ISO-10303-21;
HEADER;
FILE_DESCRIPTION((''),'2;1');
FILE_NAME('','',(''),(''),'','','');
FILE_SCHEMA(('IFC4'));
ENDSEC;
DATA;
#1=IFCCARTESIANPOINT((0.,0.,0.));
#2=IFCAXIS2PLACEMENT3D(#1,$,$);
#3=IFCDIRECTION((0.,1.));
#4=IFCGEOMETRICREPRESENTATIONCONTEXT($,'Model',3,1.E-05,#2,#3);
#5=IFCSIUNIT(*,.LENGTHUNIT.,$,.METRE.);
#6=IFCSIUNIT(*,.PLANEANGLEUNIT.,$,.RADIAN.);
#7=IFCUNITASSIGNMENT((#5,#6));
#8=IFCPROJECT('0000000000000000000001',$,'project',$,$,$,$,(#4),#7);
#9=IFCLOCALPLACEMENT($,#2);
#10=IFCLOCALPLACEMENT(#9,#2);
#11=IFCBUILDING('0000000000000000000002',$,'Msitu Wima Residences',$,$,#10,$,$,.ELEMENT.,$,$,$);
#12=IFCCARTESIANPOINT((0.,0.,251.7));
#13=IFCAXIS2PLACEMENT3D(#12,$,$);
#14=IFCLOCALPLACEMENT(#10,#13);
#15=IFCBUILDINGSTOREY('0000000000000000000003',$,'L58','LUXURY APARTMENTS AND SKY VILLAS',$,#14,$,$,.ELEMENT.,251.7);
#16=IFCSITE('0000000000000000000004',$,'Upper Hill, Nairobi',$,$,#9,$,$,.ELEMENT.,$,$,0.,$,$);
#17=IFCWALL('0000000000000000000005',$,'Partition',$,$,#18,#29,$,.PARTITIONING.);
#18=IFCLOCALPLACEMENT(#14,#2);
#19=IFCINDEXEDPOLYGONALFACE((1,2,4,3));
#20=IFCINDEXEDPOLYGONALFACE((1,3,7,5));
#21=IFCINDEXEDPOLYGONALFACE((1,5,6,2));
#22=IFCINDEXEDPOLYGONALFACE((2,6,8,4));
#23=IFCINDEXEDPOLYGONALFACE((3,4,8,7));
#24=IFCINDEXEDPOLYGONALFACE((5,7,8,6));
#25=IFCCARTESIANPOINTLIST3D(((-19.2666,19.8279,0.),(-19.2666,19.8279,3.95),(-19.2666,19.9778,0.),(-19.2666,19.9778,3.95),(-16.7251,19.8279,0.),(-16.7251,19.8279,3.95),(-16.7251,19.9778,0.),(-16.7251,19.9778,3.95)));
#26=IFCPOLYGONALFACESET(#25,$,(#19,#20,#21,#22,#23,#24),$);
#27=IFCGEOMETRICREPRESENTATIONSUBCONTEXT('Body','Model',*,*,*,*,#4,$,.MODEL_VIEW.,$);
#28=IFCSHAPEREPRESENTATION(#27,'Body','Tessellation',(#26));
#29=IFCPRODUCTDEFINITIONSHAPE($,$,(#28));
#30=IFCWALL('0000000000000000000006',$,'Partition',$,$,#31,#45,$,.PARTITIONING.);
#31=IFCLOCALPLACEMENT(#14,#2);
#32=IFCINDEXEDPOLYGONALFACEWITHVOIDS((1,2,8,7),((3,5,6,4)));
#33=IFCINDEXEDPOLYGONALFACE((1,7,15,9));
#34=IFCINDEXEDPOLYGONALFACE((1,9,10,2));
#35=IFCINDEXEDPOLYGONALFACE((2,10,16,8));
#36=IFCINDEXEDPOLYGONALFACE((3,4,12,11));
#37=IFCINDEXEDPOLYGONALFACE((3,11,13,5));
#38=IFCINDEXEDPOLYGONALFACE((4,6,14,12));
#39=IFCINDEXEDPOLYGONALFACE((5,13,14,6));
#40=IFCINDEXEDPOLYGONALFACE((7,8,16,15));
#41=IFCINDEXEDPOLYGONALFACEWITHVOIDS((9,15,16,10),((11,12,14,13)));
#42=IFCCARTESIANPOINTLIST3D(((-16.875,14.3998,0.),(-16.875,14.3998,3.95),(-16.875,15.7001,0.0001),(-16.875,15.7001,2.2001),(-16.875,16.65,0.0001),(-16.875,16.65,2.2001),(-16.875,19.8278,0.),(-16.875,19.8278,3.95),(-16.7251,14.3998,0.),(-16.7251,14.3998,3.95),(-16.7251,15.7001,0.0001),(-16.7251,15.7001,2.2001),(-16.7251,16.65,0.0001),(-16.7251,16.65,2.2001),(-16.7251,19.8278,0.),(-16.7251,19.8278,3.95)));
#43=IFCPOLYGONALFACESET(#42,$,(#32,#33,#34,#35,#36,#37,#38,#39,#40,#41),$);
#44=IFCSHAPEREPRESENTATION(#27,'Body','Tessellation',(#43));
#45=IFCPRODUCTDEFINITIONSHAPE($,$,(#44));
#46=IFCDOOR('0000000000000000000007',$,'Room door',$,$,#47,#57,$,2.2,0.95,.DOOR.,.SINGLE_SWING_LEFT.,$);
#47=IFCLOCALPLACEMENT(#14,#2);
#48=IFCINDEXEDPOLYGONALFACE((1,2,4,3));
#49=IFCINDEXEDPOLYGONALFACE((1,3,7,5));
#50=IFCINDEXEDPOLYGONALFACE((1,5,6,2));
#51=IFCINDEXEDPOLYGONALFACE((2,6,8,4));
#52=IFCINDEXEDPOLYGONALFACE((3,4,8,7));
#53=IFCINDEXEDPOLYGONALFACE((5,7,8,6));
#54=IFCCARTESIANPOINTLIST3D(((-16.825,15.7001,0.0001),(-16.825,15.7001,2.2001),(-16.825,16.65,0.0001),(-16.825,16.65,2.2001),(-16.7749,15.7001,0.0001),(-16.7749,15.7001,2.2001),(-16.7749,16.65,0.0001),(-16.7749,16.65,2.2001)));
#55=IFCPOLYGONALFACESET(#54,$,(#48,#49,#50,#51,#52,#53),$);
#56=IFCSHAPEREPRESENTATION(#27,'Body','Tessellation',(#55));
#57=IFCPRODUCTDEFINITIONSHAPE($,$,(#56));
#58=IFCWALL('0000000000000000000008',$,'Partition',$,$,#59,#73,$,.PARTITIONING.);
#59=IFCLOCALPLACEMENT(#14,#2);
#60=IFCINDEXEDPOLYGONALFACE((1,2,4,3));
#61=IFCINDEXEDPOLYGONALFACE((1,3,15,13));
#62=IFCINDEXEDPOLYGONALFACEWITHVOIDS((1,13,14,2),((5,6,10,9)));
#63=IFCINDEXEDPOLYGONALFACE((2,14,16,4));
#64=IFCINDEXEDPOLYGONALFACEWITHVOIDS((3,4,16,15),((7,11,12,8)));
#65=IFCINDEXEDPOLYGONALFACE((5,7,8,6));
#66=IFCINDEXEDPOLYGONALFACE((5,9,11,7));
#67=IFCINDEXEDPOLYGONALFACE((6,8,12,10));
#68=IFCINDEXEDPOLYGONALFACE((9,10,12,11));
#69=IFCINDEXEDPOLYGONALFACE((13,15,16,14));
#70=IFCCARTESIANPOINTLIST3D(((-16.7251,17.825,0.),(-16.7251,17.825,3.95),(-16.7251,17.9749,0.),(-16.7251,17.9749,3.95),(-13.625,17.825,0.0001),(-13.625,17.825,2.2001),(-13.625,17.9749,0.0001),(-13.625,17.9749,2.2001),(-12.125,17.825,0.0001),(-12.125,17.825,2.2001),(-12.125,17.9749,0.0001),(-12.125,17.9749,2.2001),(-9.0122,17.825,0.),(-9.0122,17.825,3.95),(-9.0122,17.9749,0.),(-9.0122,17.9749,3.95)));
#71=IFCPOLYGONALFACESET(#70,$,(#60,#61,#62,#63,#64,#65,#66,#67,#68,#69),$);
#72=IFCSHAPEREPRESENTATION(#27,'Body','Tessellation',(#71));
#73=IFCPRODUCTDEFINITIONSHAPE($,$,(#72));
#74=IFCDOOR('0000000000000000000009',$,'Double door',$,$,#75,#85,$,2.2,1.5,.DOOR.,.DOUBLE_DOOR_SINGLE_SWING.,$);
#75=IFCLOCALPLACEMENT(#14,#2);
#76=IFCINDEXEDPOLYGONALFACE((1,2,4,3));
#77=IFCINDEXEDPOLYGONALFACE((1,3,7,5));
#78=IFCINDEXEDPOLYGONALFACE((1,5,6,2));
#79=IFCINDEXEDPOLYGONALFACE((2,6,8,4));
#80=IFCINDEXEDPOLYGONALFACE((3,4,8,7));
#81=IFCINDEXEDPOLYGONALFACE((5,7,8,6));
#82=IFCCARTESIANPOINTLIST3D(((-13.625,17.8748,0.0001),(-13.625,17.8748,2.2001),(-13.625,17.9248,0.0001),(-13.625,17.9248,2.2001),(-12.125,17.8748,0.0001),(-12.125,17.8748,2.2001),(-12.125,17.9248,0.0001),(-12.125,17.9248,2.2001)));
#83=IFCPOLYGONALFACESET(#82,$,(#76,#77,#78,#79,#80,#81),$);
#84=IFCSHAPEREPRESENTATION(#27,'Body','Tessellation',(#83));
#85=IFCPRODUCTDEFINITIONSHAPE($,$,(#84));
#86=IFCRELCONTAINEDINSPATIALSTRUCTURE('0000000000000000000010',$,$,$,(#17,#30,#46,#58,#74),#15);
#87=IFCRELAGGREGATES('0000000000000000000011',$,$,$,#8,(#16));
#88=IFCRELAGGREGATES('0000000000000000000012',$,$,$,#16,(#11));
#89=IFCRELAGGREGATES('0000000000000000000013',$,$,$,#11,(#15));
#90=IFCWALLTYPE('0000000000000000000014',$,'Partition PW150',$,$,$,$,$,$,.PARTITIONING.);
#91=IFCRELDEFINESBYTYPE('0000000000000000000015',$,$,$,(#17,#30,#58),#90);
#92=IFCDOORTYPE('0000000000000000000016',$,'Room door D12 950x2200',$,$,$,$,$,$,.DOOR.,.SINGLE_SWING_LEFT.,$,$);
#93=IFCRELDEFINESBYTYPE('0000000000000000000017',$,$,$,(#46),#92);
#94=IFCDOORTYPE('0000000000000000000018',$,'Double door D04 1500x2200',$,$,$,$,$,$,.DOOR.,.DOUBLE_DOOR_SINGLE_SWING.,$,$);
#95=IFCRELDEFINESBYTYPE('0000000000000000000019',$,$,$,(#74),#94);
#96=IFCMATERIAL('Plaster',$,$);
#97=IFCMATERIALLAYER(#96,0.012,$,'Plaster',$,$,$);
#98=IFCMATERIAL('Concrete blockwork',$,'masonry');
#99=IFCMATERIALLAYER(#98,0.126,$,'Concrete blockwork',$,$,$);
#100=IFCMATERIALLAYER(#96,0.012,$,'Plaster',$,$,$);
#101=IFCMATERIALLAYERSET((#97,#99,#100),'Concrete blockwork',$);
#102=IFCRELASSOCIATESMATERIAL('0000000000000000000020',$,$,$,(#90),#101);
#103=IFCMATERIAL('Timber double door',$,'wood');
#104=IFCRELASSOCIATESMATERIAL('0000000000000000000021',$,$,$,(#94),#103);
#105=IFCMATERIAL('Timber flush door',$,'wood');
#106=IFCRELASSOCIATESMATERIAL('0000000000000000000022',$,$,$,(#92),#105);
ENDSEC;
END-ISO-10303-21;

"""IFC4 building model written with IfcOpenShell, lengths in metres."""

from ifc_helpers import new_model, si_unit, direction, frame, frame_2d, origin, place, context, subcontext, project, spatial, rectangle, extrude, material, layer, layer_set, type_object, element, fill, save


model = new_model("IFC4")

# Units and contexts
model_context = context("Model", 3, precision=1e-05, world=origin(), true_north=direction((0.0, 1.0)))
body_context = subcontext(model_context, "Body", "Model", "MODEL_VIEW")
ifc_project = project(units=[si_unit("LENGTHUNIT", "METRE"), si_unit("PLANEANGLEUNIT", "RADIAN")], contexts=[model_context])

# Site, building, storey
site_placement = place(None, origin())
site = spatial("IfcSite", under=ifc_project, at=site_placement, Name="Upper Hill, Nairobi", CompositionType="ELEMENT", RefElevation=0.0)
building_placement = place(site_placement, origin())
building = spatial("IfcBuilding", under=site, at=building_placement, Name="Msitu Wima Residences", CompositionType="ELEMENT")
storey_placement = place(building_placement, frame((0.0, 0.0, 251.7)))
storey = spatial("IfcBuildingStorey", under=building, at=storey_placement, Name="L58", Description="LUXURY APARTMENTS AND SKY VILLAS", CompositionType="ELEMENT", Elevation=251.7)

# Shared definitions
ifc_material_1 = material(Name="Plaster")
ifc_material_2 = material(Name="Concrete blockwork", Category="masonry")
ifc_layer_1 = layer(ifc_material_1, 0.012, Name="Plaster")
ifc_layer_2 = layer(ifc_material_2, 0.126, Name="Concrete blockwork")
ifc_layer_3 = layer(ifc_material_1, 0.012, Name="Plaster")
ifc_layer_set_1 = layer_set([ifc_layer_1, ifc_layer_2, ifc_layer_3], Name="Concrete blockwork")
wall_type_1 = type_object("IfcWallType", Name="Partition PW150", PredefinedType="PARTITIONING", material=ifc_layer_set_1)

# Shared definitions
ifc_material_3 = material(Name="Timber double door", Category="wood")
door_type_1 = type_object("IfcDoorType", Name="Double door D04 1500x2200", OperationType="DOUBLE_DOOR_SINGLE_SWING", PredefinedType="DOOR", material=ifc_material_3)

# Wall
wall_1_placement = place(storey_placement, frame((-19.2666, 19.9028, 0.0), z_axis=(0.0, 0.0, 1.0), x_axis=(1.0, 0.0, 0.0)))
element("IfcWall", 1, at=wall_1_placement, inside=storey, type_object=wall_type_1, Name="Partition", PredefinedType="PARTITIONING", context=body_context, shape_type="SweptSolid", body=[
    extrude(rectangle(XDim=2.5415, YDim=0.1499, at=frame_2d((1.2708, 0.0))), origin(), (0.0, 0.0, 1.0), 3.95),
])

# Walls, openings, doors
wall_2_placement = place(storey_placement, frame((-16.8, 14.3999, 0.0), z_axis=(0.0, 0.0, 1.0), x_axis=(0.0, 1.0, 0.0)))
wall_2 = element("IfcWall", 2, at=wall_2_placement, inside=storey, type_object=wall_type_1, Name="Partition", PredefinedType="PARTITIONING", context=body_context, shape_type="SweptSolid", body=[
    extrude(rectangle(XDim=5.428, YDim=0.1499, at=frame_2d((2.7139, 0.0))), origin(), (0.0, 0.0, 1.0), 3.95),
])
opening_1_placement = place(wall_2_placement, frame((1.3, 0.0, 0.0)))
opening_1 = element("IfcOpeningElement", 3, at=opening_1_placement, cuts=wall_2, PredefinedType="OPENING", context=body_context, shape_type="SweptSolid", body=[
    extrude(rectangle(XDim=0.95, YDim=2.2, at=frame_2d((0.4751, 1.1001))), frame((0.0, 0.085, 0.0), z_axis=(0.0, -1.0, 0.0), x_axis=(1.0, 0.0, 0.0)), (0.0, 0.0, 1.0), 0.1699),
])
ifc_material_4 = material(Name="Timber flush door", Category="wood")
door_type_2 = type_object("IfcDoorType", Name="Room door D12 950x2200", OperationType="SINGLE_SWING_LEFT", PredefinedType="DOOR", material=ifc_material_4)
door_1_placement = place(opening_1_placement, origin())
door_1 = element("IfcDoor", 4, at=door_1_placement, inside=storey, type_object=door_type_2, Name="Room door", OperationType="SINGLE_SWING_LEFT", OverallHeight=2.2, OverallWidth=0.95, PredefinedType="DOOR", context=body_context, shape_type="SweptSolid", body=[
    extrude(rectangle(XDim=0.95, YDim=2.2, at=frame_2d((0.4751, 1.1001))), frame((0.0, 0.0249, 0.0), z_axis=(0.0, -1.0, 0.0), x_axis=(1.0, 0.0, 0.0)), (0.0, 0.0, 1.0), 0.05),
])
fill(opening_1, door_1)
wall_3_placement = place(storey_placement, frame((-16.7251, 17.8999, 0.0), z_axis=(0.0, 0.0, 1.0), x_axis=(1.0, 0.0, 0.0)))
wall_3 = element("IfcWall", 5, at=wall_3_placement, inside=storey, type_object=wall_type_1, Name="Partition", PredefinedType="PARTITIONING", context=body_context, shape_type="SweptSolid", body=[
    extrude(rectangle(XDim=7.7129, YDim=0.1499, at=frame_2d((3.8564, 0.0))), origin(), (0.0, 0.0, 1.0), 3.95),
])
opening_2_placement = place(wall_3_placement, frame((3.1001, 0.0, 0.0)))
opening_2 = element("IfcOpeningElement", 6, at=opening_2_placement, cuts=wall_3, PredefinedType="OPENING", context=body_context, shape_type="SweptSolid", body=[
    extrude(rectangle(XDim=1.5, YDim=2.2, at=frame_2d((0.75, 1.1001))), frame((0.0, 0.085, 0.0), z_axis=(0.0, -1.0, 0.0), x_axis=(1.0, 0.0, 0.0)), (0.0, 0.0, 1.0), 0.1699),
])
door_2_placement = place(opening_2_placement, origin())
door_2 = element("IfcDoor", 7, at=door_2_placement, inside=storey, type_object=door_type_1, Name="Double door", OperationType="DOUBLE_DOOR_SINGLE_SWING", OverallHeight=2.2, OverallWidth=1.5, PredefinedType="DOOR", context=body_context, shape_type="SweptSolid", body=[
    extrude(rectangle(XDim=1.5, YDim=2.2, at=frame_2d((0.75, 1.1001))), frame((0.0, 0.0249, 0.0), z_axis=(0.0, -1.0, 0.0), x_axis=(1.0, 0.0, 0.0)), (0.0, 0.0, 1.0), 0.05),
])
fill(opening_2, door_2)

save(model, "model.ifc")
